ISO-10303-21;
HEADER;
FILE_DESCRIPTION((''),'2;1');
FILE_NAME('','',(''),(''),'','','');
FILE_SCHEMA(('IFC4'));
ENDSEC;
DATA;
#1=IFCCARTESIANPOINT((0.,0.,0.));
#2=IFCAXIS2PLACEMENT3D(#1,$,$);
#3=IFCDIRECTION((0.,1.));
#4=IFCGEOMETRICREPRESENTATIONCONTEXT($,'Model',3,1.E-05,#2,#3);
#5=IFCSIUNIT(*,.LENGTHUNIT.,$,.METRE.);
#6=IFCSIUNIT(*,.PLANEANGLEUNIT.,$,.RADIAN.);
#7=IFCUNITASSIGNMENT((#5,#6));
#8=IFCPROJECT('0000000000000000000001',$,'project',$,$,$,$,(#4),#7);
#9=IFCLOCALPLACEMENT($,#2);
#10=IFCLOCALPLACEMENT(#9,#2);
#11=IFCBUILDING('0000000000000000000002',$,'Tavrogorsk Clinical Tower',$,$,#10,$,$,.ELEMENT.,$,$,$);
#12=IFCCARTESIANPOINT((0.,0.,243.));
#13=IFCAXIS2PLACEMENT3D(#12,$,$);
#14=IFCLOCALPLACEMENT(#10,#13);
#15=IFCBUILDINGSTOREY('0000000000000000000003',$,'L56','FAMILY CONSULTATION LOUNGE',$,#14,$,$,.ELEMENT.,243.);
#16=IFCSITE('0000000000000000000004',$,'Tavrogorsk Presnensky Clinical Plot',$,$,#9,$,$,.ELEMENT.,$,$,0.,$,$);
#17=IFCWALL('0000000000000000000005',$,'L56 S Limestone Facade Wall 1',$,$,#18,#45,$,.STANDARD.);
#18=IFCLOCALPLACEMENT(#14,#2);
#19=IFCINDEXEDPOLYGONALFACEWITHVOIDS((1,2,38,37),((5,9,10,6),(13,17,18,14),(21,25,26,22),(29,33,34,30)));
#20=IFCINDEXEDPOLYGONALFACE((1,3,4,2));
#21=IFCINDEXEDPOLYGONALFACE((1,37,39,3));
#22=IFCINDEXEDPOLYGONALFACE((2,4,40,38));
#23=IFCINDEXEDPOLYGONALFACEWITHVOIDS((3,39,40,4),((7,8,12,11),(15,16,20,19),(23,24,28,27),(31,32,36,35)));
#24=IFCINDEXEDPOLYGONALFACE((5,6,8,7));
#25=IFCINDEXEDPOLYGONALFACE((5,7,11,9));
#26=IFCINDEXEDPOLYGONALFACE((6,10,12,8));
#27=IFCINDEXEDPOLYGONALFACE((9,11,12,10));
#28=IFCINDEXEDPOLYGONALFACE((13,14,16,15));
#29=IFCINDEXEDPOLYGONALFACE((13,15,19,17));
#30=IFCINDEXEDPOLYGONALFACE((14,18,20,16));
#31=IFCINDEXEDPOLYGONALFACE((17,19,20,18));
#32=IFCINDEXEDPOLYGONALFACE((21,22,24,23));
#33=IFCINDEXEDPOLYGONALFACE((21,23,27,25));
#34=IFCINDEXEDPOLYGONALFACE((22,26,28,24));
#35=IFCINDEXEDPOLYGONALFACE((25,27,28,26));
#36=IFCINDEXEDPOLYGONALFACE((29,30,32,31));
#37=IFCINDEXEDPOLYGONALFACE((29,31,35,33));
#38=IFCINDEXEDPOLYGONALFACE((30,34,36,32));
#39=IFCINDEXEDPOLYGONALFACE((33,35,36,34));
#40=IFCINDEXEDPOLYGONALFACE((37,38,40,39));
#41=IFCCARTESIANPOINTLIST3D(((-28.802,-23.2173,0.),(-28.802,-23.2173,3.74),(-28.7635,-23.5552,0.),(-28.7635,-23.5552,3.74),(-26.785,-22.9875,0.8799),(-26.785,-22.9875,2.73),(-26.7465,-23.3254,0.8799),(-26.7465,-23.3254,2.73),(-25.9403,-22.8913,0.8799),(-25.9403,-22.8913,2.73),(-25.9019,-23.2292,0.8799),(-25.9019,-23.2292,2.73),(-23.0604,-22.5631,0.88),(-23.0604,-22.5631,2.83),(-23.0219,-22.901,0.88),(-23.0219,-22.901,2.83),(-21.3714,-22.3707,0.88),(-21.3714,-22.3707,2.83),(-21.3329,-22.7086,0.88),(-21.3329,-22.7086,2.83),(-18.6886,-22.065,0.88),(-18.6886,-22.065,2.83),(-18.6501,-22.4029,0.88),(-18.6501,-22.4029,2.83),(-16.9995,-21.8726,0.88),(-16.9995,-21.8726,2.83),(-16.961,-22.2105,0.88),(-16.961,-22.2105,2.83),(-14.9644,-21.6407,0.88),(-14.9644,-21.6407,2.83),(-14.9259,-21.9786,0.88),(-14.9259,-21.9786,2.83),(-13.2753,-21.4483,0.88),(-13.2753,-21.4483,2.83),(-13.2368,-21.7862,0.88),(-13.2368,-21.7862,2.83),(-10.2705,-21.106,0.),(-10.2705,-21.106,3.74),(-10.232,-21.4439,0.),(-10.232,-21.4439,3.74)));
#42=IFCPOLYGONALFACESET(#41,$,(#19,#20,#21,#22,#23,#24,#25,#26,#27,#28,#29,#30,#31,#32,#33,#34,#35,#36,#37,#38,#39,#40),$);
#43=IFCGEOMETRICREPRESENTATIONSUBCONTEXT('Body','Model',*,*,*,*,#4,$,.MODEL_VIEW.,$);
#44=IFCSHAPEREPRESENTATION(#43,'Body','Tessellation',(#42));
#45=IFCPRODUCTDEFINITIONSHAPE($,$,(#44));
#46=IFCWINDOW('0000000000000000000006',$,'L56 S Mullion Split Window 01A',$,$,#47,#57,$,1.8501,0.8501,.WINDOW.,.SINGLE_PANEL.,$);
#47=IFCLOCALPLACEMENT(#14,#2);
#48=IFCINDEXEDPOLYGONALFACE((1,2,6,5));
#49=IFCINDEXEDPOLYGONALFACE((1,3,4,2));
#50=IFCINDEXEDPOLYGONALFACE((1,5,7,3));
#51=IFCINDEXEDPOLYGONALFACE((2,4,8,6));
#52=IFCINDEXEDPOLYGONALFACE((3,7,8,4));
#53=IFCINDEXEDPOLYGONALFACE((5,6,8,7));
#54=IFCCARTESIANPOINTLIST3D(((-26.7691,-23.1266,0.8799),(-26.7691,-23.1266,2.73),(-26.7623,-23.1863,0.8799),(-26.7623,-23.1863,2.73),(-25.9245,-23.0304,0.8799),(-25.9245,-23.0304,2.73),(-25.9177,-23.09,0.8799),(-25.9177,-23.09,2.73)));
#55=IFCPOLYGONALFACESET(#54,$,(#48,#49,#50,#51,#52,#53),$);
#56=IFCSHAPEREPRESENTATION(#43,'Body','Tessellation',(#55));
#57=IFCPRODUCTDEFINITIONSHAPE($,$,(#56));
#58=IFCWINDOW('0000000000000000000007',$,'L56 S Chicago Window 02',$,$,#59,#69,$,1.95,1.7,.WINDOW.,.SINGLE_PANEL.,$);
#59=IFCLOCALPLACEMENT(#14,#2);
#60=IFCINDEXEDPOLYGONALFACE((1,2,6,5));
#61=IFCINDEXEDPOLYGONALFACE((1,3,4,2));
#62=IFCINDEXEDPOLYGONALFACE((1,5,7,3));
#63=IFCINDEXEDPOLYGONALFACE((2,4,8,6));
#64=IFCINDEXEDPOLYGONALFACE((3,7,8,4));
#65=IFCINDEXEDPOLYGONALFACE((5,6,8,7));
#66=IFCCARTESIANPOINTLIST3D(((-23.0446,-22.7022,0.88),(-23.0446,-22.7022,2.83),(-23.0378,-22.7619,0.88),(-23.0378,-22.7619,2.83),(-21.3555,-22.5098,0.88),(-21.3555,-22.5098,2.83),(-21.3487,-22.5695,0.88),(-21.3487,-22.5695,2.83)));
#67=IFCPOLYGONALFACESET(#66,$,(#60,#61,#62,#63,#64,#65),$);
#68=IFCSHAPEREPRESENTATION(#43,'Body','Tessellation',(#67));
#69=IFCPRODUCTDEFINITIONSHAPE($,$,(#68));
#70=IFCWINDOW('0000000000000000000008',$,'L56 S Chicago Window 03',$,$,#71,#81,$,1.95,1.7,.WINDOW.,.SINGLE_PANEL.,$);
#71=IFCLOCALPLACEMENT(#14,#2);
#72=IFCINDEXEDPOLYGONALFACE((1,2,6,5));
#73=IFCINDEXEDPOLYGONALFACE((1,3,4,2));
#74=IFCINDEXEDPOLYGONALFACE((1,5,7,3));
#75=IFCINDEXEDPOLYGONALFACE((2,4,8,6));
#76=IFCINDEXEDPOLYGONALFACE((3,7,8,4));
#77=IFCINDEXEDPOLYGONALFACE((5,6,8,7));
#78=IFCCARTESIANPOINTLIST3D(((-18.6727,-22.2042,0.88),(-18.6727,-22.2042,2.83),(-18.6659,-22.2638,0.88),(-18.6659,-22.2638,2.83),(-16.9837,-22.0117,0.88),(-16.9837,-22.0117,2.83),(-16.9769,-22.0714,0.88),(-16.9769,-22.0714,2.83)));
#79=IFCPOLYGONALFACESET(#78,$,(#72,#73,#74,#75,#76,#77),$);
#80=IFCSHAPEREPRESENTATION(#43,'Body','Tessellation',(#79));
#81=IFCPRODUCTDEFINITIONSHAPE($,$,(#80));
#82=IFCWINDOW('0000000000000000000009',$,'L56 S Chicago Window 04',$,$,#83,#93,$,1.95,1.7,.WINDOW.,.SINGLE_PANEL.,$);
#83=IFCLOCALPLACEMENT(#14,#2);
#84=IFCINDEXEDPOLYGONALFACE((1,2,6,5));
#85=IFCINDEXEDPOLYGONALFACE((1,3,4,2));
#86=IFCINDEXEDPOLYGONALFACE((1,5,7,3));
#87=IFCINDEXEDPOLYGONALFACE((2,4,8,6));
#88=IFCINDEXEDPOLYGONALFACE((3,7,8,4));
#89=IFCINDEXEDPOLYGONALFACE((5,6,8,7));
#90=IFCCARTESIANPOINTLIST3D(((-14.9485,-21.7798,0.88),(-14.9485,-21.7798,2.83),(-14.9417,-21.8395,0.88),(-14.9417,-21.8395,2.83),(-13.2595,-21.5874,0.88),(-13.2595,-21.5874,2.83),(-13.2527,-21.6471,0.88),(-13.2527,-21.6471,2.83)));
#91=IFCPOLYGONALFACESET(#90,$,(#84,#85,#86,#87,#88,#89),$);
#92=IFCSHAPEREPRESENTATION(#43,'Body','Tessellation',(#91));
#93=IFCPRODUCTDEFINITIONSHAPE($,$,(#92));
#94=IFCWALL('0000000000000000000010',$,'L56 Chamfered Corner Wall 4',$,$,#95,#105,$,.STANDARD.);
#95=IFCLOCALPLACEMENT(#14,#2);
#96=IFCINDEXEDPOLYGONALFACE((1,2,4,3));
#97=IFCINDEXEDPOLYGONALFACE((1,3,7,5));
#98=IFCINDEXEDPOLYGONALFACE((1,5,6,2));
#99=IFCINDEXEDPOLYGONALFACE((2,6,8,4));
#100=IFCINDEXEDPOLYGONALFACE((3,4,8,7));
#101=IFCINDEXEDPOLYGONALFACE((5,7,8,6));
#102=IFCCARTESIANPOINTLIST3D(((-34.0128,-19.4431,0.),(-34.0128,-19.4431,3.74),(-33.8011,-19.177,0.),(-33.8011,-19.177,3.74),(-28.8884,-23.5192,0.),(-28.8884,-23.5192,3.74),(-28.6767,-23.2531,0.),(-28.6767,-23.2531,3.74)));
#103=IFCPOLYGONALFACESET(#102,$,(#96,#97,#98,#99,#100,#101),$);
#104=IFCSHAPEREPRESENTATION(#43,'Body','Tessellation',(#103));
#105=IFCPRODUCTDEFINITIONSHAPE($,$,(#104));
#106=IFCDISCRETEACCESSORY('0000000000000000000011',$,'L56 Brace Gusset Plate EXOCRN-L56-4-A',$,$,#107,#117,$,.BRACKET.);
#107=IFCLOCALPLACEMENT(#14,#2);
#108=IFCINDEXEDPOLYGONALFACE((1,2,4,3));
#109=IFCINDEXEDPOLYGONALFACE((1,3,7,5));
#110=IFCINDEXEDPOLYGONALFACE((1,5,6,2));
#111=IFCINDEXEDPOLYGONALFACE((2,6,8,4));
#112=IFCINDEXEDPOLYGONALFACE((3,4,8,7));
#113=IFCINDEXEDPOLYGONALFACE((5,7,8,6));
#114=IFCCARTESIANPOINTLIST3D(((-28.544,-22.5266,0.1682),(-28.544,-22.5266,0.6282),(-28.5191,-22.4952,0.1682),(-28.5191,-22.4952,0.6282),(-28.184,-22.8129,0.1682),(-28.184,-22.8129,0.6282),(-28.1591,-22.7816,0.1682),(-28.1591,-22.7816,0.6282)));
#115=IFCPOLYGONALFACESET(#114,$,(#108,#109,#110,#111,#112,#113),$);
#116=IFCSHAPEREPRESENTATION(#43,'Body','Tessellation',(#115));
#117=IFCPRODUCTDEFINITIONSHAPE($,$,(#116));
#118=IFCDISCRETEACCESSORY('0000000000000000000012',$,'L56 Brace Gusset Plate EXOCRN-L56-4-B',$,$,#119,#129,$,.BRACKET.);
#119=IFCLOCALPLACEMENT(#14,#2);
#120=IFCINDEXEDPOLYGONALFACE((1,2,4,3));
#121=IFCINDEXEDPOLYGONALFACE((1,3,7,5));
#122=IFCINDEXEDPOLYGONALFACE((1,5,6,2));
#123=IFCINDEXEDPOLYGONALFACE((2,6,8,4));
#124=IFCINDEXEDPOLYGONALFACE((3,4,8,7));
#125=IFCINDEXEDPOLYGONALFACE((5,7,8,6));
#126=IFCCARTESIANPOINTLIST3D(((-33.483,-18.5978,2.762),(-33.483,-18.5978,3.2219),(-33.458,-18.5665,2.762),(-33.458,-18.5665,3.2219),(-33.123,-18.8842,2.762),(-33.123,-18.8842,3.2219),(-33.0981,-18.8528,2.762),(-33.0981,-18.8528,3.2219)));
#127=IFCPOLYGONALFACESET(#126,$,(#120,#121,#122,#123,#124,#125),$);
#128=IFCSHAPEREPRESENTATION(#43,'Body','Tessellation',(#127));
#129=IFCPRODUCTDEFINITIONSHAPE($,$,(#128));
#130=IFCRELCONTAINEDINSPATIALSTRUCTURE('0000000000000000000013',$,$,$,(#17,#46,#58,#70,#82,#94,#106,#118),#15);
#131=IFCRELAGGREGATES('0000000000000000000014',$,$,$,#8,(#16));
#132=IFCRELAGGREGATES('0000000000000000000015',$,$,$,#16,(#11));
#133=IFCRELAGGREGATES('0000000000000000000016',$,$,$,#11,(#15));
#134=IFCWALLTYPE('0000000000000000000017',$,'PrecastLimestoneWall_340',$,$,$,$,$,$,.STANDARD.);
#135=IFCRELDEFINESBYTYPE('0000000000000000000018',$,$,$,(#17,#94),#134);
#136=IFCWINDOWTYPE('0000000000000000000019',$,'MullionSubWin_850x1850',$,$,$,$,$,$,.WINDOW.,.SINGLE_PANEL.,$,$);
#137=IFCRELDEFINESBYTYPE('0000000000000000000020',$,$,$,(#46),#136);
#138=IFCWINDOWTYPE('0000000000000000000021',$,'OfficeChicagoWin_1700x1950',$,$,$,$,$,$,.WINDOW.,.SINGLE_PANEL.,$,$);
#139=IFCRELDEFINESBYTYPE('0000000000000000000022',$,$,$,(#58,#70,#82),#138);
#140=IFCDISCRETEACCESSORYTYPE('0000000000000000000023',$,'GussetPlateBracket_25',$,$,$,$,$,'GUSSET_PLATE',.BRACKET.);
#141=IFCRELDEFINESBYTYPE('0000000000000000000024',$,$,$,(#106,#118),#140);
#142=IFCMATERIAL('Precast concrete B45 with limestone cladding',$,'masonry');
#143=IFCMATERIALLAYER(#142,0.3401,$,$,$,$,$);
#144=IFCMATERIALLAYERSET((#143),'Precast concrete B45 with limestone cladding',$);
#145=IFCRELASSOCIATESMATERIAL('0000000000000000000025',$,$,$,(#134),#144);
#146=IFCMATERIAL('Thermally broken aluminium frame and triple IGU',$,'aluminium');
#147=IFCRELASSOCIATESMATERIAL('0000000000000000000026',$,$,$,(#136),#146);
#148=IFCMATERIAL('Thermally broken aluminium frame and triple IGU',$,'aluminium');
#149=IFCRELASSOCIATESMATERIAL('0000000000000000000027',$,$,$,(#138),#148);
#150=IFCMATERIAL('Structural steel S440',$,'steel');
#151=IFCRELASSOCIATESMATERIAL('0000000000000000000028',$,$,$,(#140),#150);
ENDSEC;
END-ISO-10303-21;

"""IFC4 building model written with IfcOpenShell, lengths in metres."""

from ifc_helpers import new_model, si_unit, direction, frame, frame_2d, origin, origin_2d, place, context, subcontext, project, spatial, rectangle, extrude, material, layer, layer_set, type_object, element, fill, save


model = new_model("IFC4")

# Units and contexts
model_context = context("Model", 3, precision=1e-05, world=origin(), true_north=direction((0.0, 1.0)))
body_context = subcontext(model_context, "Body", "Model", "MODEL_VIEW")
ifc_project = project(units=[si_unit("LENGTHUNIT", "METRE"), si_unit("PLANEANGLEUNIT", "RADIAN")], contexts=[model_context])

# Site, building, storey
site_placement = place(None, origin())
site = spatial("IfcSite", under=ifc_project, at=site_placement, Name="Tavrogorsk Presnensky Clinical Plot", CompositionType="ELEMENT", RefElevation=0.0)
building_placement = place(site_placement, origin())
building = spatial("IfcBuilding", under=site, at=building_placement, Name="Tavrogorsk Clinical Tower", CompositionType="ELEMENT")
storey_placement = place(building_placement, frame((0.0, 0.0, 243.0)))
storey = spatial("IfcBuildingStorey", under=building, at=storey_placement, Name="L56", Description="FAMILY CONSULTATION LOUNGE", CompositionType="ELEMENT", Elevation=243.0)

# Wall, openings, windows
ifc_material_1 = material(Name="Precast concrete B45 with limestone cladding", Category="masonry")
ifc_layer_1 = layer(ifc_material_1, 0.3401)
ifc_layer_set_1 = layer_set([ifc_layer_1], Name="Precast concrete B45 with limestone cladding")
wall_type_1 = type_object("IfcWallType", Name="PrecastLimestoneWall_340", PredefinedType="STANDARD", material=ifc_layer_set_1)
wall_1_placement = place(storey_placement, frame((-28.7827, -23.3862, 0.0), z_axis=(0.0, 0.0, 1.0), x_axis=(0.993572, 0.1132, 0.0)))
wall_1 = element("IfcWall", 1, at=wall_1_placement, inside=storey, type_object=wall_type_1, Name="L56 S Limestone Facade Wall 1", PredefinedType="STANDARD", context=body_context, shape_type="SweptSolid", body=[
    extrude(rectangle(XDim=18.6514, YDim=0.3401, at=frame_2d((9.3257, 0.0))), origin(), (0.0, 0.0, 1.0), 3.74),
])
opening_1_placement = place(wall_1_placement, frame((2.03, 0.0, 0.8799)))
opening_1 = element("IfcOpeningElement", 2, at=opening_1_placement, cuts=wall_1, PredefinedType="OPENING", context=body_context, shape_type="SweptSolid", body=[
    extrude(rectangle(XDim=0.8501, YDim=1.8501, at=frame_2d((0.425, 0.925))), frame((0.0, 0.1799, 0.0), z_axis=(0.0, -1.0, 0.0), x_axis=(1.0, 0.0, 0.0)), (0.0, 0.0, 1.0), 0.3601),
])
opening_2_placement = place(wall_1_placement, frame((5.7786, 0.0, 0.8799)))
opening_2 = element("IfcOpeningElement", 3, at=opening_2_placement, cuts=wall_1, PredefinedType="OPENING", context=body_context, shape_type="SweptSolid", body=[
    extrude(rectangle(XDim=1.7, YDim=1.95, at=frame_2d((0.8501, 0.9751))), frame((0.0, 0.1799, 0.0), z_axis=(0.0, -1.0, 0.0), x_axis=(1.0, 0.0, 0.0)), (0.0, 0.0, 1.0), 0.3601),
])
opening_3_placement = place(wall_1_placement, frame((10.1787, 0.0, 0.8799)))
opening_3 = element("IfcOpeningElement", 4, at=opening_3_placement, cuts=wall_1, PredefinedType="OPENING", context=body_context, shape_type="SweptSolid", body=[
    extrude(rectangle(XDim=1.7, YDim=1.95, at=frame_2d((0.8501, 0.9751))), frame((0.0, 0.1799, 0.0), z_axis=(0.0, -1.0, 0.0), x_axis=(1.0, 0.0, 0.0)), (0.0, 0.0, 1.0), 0.3601),
])
opening_4_placement = place(wall_1_placement, frame((13.927, 0.0, 0.8799)))
opening_4 = element("IfcOpeningElement", 5, at=opening_4_placement, cuts=wall_1, PredefinedType="OPENING", context=body_context, shape_type="SweptSolid", body=[
    extrude(rectangle(XDim=1.7, YDim=1.95, at=frame_2d((0.8501, 0.9751))), frame((0.0, 0.1799, 0.0), z_axis=(0.0, -1.0, 0.0), x_axis=(1.0, 0.0, 0.0)), (0.0, 0.0, 1.0), 0.3601),
])
ifc_material_2 = material(Name="Thermally broken aluminium frame and triple IGU", Category="aluminium")
window_type_1 = type_object("IfcWindowType", Name="MullionSubWin_850x1850", PartitioningType="SINGLE_PANEL", PredefinedType="WINDOW", material=ifc_material_2)
window_1_placement = place(opening_1_placement, origin())
window_1 = element("IfcWindow", 6, at=window_1_placement, inside=storey, type_object=window_type_1, Name="L56 S Mullion Split Window 01A", OverallHeight=1.8501, OverallWidth=0.8501, PartitioningType="SINGLE_PANEL", PredefinedType="WINDOW", context=body_context, shape_type="SweptSolid", body=[
    extrude(rectangle(XDim=0.8501, YDim=1.8501, at=frame_2d((0.425, 0.925))), frame((0.0, 0.03, 0.0), z_axis=(0.0, -1.0, 0.0), x_axis=(1.0, 0.0, 0.0)), (0.0, 0.0, 1.0), 0.0601),
])
fill(opening_1, window_1)
ifc_material_3 = material(Name="Thermally broken aluminium frame and triple IGU", Category="aluminium")
window_type_2 = type_object("IfcWindowType", Name="OfficeChicagoWin_1700x1950", PartitioningType="SINGLE_PANEL", PredefinedType="WINDOW", material=ifc_material_3)
window_2_placement = place(opening_2_placement, origin())
window_2 = element("IfcWindow", 7, at=window_2_placement, inside=storey, type_object=window_type_2, Name="L56 S Chicago Window 02", OverallHeight=1.95, OverallWidth=1.7, PartitioningType="SINGLE_PANEL", PredefinedType="WINDOW", context=body_context, shape_type="SweptSolid", body=[
    extrude(rectangle(XDim=1.7, YDim=1.95, at=frame_2d((0.8501, 0.9751))), frame((0.0, 0.03, 0.0), z_axis=(0.0, -1.0, 0.0), x_axis=(1.0, 0.0, 0.0)), (0.0, 0.0, 1.0), 0.0601),
])
fill(opening_2, window_2)
window_3_placement = place(opening_3_placement, origin())
window_3 = element("IfcWindow", 8, at=window_3_placement, inside=storey, type_object=window_type_2, Name="L56 S Chicago Window 03", OverallHeight=1.95, OverallWidth=1.7, PartitioningType="SINGLE_PANEL", PredefinedType="WINDOW", context=body_context, shape_type="SweptSolid", body=[
    extrude(rectangle(XDim=1.7, YDim=1.95, at=frame_2d((0.8501, 0.9751))), frame((0.0, 0.03, 0.0), z_axis=(0.0, -1.0, 0.0), x_axis=(1.0, 0.0, 0.0)), (0.0, 0.0, 1.0), 0.0601),
])
fill(opening_3, window_3)
window_4_placement = place(opening_4_placement, origin())
window_4 = element("IfcWindow", 9, at=window_4_placement, inside=storey, type_object=window_type_2, Name="L56 S Chicago Window 04", OverallHeight=1.95, OverallWidth=1.7, PartitioningType="SINGLE_PANEL", PredefinedType="WINDOW", context=body_context, shape_type="SweptSolid", body=[
    extrude(rectangle(XDim=1.7, YDim=1.95, at=frame_2d((0.8501, 0.9751))), frame((0.0, 0.03, 0.0), z_axis=(0.0, -1.0, 0.0), x_axis=(1.0, 0.0, 0.0)), (0.0, 0.0, 1.0), 0.0601),
])
fill(opening_4, window_4)

# Wall
wall_2_placement = place(storey_placement, frame((-33.907, -19.3101, 0.0), z_axis=(0.0, 0.0, 1.0), x_axis=(0.782612, -0.62251, 0.0)))
element("IfcWall", 10, at=wall_2_placement, inside=storey, type_object=wall_type_1, Name="L56 Chamfered Corner Wall 4", PredefinedType="STANDARD", context=body_context, shape_type="SweptSolid", body=[
    extrude(rectangle(XDim=6.5479, YDim=0.3401, at=frame_2d((3.2739, 0.0))), origin(), (0.0, 0.0, 1.0), 3.74),
])

# Discrete accessories
ifc_material_4 = material(Name="Structural steel S440", Category="steel")
discrete_accessory_type = type_object("IfcDiscreteAccessoryType", Name="GussetPlateBracket_25", ElementType="GUSSET_PLATE", PredefinedType="BRACKET", material=ifc_material_4)
for number, where, z_axis, x_axis, name in (
    (11, (-28.3516, -22.6541, 0.1682), (0.0, 0.0, 1.0), (-0.782608, 0.622515, 0.0), "L56 Brace Gusset Plate EXOCRN-L56-4-A"),
    (12, (-33.2905, -18.7253, 2.762), (0.0, 0.0, 1.0), (-0.782608, 0.622515, 0.0), "L56 Brace Gusset Plate EXOCRN-L56-4-B"),
):
    element("IfcDiscreteAccessory", number, at=place(storey_placement, frame(where, z_axis=z_axis, x_axis=x_axis)), inside=storey, type_object=discrete_accessory_type, Name=name, PredefinedType="BRACKET", context=body_context, shape_type="SweptSolid", body=[
        extrude(rectangle(XDim=0.46, YDim=0.04, at=origin_2d()), origin(), (0.0, 0.0, 1.0), 0.46),
    ])

save(model, "model.ifc")
